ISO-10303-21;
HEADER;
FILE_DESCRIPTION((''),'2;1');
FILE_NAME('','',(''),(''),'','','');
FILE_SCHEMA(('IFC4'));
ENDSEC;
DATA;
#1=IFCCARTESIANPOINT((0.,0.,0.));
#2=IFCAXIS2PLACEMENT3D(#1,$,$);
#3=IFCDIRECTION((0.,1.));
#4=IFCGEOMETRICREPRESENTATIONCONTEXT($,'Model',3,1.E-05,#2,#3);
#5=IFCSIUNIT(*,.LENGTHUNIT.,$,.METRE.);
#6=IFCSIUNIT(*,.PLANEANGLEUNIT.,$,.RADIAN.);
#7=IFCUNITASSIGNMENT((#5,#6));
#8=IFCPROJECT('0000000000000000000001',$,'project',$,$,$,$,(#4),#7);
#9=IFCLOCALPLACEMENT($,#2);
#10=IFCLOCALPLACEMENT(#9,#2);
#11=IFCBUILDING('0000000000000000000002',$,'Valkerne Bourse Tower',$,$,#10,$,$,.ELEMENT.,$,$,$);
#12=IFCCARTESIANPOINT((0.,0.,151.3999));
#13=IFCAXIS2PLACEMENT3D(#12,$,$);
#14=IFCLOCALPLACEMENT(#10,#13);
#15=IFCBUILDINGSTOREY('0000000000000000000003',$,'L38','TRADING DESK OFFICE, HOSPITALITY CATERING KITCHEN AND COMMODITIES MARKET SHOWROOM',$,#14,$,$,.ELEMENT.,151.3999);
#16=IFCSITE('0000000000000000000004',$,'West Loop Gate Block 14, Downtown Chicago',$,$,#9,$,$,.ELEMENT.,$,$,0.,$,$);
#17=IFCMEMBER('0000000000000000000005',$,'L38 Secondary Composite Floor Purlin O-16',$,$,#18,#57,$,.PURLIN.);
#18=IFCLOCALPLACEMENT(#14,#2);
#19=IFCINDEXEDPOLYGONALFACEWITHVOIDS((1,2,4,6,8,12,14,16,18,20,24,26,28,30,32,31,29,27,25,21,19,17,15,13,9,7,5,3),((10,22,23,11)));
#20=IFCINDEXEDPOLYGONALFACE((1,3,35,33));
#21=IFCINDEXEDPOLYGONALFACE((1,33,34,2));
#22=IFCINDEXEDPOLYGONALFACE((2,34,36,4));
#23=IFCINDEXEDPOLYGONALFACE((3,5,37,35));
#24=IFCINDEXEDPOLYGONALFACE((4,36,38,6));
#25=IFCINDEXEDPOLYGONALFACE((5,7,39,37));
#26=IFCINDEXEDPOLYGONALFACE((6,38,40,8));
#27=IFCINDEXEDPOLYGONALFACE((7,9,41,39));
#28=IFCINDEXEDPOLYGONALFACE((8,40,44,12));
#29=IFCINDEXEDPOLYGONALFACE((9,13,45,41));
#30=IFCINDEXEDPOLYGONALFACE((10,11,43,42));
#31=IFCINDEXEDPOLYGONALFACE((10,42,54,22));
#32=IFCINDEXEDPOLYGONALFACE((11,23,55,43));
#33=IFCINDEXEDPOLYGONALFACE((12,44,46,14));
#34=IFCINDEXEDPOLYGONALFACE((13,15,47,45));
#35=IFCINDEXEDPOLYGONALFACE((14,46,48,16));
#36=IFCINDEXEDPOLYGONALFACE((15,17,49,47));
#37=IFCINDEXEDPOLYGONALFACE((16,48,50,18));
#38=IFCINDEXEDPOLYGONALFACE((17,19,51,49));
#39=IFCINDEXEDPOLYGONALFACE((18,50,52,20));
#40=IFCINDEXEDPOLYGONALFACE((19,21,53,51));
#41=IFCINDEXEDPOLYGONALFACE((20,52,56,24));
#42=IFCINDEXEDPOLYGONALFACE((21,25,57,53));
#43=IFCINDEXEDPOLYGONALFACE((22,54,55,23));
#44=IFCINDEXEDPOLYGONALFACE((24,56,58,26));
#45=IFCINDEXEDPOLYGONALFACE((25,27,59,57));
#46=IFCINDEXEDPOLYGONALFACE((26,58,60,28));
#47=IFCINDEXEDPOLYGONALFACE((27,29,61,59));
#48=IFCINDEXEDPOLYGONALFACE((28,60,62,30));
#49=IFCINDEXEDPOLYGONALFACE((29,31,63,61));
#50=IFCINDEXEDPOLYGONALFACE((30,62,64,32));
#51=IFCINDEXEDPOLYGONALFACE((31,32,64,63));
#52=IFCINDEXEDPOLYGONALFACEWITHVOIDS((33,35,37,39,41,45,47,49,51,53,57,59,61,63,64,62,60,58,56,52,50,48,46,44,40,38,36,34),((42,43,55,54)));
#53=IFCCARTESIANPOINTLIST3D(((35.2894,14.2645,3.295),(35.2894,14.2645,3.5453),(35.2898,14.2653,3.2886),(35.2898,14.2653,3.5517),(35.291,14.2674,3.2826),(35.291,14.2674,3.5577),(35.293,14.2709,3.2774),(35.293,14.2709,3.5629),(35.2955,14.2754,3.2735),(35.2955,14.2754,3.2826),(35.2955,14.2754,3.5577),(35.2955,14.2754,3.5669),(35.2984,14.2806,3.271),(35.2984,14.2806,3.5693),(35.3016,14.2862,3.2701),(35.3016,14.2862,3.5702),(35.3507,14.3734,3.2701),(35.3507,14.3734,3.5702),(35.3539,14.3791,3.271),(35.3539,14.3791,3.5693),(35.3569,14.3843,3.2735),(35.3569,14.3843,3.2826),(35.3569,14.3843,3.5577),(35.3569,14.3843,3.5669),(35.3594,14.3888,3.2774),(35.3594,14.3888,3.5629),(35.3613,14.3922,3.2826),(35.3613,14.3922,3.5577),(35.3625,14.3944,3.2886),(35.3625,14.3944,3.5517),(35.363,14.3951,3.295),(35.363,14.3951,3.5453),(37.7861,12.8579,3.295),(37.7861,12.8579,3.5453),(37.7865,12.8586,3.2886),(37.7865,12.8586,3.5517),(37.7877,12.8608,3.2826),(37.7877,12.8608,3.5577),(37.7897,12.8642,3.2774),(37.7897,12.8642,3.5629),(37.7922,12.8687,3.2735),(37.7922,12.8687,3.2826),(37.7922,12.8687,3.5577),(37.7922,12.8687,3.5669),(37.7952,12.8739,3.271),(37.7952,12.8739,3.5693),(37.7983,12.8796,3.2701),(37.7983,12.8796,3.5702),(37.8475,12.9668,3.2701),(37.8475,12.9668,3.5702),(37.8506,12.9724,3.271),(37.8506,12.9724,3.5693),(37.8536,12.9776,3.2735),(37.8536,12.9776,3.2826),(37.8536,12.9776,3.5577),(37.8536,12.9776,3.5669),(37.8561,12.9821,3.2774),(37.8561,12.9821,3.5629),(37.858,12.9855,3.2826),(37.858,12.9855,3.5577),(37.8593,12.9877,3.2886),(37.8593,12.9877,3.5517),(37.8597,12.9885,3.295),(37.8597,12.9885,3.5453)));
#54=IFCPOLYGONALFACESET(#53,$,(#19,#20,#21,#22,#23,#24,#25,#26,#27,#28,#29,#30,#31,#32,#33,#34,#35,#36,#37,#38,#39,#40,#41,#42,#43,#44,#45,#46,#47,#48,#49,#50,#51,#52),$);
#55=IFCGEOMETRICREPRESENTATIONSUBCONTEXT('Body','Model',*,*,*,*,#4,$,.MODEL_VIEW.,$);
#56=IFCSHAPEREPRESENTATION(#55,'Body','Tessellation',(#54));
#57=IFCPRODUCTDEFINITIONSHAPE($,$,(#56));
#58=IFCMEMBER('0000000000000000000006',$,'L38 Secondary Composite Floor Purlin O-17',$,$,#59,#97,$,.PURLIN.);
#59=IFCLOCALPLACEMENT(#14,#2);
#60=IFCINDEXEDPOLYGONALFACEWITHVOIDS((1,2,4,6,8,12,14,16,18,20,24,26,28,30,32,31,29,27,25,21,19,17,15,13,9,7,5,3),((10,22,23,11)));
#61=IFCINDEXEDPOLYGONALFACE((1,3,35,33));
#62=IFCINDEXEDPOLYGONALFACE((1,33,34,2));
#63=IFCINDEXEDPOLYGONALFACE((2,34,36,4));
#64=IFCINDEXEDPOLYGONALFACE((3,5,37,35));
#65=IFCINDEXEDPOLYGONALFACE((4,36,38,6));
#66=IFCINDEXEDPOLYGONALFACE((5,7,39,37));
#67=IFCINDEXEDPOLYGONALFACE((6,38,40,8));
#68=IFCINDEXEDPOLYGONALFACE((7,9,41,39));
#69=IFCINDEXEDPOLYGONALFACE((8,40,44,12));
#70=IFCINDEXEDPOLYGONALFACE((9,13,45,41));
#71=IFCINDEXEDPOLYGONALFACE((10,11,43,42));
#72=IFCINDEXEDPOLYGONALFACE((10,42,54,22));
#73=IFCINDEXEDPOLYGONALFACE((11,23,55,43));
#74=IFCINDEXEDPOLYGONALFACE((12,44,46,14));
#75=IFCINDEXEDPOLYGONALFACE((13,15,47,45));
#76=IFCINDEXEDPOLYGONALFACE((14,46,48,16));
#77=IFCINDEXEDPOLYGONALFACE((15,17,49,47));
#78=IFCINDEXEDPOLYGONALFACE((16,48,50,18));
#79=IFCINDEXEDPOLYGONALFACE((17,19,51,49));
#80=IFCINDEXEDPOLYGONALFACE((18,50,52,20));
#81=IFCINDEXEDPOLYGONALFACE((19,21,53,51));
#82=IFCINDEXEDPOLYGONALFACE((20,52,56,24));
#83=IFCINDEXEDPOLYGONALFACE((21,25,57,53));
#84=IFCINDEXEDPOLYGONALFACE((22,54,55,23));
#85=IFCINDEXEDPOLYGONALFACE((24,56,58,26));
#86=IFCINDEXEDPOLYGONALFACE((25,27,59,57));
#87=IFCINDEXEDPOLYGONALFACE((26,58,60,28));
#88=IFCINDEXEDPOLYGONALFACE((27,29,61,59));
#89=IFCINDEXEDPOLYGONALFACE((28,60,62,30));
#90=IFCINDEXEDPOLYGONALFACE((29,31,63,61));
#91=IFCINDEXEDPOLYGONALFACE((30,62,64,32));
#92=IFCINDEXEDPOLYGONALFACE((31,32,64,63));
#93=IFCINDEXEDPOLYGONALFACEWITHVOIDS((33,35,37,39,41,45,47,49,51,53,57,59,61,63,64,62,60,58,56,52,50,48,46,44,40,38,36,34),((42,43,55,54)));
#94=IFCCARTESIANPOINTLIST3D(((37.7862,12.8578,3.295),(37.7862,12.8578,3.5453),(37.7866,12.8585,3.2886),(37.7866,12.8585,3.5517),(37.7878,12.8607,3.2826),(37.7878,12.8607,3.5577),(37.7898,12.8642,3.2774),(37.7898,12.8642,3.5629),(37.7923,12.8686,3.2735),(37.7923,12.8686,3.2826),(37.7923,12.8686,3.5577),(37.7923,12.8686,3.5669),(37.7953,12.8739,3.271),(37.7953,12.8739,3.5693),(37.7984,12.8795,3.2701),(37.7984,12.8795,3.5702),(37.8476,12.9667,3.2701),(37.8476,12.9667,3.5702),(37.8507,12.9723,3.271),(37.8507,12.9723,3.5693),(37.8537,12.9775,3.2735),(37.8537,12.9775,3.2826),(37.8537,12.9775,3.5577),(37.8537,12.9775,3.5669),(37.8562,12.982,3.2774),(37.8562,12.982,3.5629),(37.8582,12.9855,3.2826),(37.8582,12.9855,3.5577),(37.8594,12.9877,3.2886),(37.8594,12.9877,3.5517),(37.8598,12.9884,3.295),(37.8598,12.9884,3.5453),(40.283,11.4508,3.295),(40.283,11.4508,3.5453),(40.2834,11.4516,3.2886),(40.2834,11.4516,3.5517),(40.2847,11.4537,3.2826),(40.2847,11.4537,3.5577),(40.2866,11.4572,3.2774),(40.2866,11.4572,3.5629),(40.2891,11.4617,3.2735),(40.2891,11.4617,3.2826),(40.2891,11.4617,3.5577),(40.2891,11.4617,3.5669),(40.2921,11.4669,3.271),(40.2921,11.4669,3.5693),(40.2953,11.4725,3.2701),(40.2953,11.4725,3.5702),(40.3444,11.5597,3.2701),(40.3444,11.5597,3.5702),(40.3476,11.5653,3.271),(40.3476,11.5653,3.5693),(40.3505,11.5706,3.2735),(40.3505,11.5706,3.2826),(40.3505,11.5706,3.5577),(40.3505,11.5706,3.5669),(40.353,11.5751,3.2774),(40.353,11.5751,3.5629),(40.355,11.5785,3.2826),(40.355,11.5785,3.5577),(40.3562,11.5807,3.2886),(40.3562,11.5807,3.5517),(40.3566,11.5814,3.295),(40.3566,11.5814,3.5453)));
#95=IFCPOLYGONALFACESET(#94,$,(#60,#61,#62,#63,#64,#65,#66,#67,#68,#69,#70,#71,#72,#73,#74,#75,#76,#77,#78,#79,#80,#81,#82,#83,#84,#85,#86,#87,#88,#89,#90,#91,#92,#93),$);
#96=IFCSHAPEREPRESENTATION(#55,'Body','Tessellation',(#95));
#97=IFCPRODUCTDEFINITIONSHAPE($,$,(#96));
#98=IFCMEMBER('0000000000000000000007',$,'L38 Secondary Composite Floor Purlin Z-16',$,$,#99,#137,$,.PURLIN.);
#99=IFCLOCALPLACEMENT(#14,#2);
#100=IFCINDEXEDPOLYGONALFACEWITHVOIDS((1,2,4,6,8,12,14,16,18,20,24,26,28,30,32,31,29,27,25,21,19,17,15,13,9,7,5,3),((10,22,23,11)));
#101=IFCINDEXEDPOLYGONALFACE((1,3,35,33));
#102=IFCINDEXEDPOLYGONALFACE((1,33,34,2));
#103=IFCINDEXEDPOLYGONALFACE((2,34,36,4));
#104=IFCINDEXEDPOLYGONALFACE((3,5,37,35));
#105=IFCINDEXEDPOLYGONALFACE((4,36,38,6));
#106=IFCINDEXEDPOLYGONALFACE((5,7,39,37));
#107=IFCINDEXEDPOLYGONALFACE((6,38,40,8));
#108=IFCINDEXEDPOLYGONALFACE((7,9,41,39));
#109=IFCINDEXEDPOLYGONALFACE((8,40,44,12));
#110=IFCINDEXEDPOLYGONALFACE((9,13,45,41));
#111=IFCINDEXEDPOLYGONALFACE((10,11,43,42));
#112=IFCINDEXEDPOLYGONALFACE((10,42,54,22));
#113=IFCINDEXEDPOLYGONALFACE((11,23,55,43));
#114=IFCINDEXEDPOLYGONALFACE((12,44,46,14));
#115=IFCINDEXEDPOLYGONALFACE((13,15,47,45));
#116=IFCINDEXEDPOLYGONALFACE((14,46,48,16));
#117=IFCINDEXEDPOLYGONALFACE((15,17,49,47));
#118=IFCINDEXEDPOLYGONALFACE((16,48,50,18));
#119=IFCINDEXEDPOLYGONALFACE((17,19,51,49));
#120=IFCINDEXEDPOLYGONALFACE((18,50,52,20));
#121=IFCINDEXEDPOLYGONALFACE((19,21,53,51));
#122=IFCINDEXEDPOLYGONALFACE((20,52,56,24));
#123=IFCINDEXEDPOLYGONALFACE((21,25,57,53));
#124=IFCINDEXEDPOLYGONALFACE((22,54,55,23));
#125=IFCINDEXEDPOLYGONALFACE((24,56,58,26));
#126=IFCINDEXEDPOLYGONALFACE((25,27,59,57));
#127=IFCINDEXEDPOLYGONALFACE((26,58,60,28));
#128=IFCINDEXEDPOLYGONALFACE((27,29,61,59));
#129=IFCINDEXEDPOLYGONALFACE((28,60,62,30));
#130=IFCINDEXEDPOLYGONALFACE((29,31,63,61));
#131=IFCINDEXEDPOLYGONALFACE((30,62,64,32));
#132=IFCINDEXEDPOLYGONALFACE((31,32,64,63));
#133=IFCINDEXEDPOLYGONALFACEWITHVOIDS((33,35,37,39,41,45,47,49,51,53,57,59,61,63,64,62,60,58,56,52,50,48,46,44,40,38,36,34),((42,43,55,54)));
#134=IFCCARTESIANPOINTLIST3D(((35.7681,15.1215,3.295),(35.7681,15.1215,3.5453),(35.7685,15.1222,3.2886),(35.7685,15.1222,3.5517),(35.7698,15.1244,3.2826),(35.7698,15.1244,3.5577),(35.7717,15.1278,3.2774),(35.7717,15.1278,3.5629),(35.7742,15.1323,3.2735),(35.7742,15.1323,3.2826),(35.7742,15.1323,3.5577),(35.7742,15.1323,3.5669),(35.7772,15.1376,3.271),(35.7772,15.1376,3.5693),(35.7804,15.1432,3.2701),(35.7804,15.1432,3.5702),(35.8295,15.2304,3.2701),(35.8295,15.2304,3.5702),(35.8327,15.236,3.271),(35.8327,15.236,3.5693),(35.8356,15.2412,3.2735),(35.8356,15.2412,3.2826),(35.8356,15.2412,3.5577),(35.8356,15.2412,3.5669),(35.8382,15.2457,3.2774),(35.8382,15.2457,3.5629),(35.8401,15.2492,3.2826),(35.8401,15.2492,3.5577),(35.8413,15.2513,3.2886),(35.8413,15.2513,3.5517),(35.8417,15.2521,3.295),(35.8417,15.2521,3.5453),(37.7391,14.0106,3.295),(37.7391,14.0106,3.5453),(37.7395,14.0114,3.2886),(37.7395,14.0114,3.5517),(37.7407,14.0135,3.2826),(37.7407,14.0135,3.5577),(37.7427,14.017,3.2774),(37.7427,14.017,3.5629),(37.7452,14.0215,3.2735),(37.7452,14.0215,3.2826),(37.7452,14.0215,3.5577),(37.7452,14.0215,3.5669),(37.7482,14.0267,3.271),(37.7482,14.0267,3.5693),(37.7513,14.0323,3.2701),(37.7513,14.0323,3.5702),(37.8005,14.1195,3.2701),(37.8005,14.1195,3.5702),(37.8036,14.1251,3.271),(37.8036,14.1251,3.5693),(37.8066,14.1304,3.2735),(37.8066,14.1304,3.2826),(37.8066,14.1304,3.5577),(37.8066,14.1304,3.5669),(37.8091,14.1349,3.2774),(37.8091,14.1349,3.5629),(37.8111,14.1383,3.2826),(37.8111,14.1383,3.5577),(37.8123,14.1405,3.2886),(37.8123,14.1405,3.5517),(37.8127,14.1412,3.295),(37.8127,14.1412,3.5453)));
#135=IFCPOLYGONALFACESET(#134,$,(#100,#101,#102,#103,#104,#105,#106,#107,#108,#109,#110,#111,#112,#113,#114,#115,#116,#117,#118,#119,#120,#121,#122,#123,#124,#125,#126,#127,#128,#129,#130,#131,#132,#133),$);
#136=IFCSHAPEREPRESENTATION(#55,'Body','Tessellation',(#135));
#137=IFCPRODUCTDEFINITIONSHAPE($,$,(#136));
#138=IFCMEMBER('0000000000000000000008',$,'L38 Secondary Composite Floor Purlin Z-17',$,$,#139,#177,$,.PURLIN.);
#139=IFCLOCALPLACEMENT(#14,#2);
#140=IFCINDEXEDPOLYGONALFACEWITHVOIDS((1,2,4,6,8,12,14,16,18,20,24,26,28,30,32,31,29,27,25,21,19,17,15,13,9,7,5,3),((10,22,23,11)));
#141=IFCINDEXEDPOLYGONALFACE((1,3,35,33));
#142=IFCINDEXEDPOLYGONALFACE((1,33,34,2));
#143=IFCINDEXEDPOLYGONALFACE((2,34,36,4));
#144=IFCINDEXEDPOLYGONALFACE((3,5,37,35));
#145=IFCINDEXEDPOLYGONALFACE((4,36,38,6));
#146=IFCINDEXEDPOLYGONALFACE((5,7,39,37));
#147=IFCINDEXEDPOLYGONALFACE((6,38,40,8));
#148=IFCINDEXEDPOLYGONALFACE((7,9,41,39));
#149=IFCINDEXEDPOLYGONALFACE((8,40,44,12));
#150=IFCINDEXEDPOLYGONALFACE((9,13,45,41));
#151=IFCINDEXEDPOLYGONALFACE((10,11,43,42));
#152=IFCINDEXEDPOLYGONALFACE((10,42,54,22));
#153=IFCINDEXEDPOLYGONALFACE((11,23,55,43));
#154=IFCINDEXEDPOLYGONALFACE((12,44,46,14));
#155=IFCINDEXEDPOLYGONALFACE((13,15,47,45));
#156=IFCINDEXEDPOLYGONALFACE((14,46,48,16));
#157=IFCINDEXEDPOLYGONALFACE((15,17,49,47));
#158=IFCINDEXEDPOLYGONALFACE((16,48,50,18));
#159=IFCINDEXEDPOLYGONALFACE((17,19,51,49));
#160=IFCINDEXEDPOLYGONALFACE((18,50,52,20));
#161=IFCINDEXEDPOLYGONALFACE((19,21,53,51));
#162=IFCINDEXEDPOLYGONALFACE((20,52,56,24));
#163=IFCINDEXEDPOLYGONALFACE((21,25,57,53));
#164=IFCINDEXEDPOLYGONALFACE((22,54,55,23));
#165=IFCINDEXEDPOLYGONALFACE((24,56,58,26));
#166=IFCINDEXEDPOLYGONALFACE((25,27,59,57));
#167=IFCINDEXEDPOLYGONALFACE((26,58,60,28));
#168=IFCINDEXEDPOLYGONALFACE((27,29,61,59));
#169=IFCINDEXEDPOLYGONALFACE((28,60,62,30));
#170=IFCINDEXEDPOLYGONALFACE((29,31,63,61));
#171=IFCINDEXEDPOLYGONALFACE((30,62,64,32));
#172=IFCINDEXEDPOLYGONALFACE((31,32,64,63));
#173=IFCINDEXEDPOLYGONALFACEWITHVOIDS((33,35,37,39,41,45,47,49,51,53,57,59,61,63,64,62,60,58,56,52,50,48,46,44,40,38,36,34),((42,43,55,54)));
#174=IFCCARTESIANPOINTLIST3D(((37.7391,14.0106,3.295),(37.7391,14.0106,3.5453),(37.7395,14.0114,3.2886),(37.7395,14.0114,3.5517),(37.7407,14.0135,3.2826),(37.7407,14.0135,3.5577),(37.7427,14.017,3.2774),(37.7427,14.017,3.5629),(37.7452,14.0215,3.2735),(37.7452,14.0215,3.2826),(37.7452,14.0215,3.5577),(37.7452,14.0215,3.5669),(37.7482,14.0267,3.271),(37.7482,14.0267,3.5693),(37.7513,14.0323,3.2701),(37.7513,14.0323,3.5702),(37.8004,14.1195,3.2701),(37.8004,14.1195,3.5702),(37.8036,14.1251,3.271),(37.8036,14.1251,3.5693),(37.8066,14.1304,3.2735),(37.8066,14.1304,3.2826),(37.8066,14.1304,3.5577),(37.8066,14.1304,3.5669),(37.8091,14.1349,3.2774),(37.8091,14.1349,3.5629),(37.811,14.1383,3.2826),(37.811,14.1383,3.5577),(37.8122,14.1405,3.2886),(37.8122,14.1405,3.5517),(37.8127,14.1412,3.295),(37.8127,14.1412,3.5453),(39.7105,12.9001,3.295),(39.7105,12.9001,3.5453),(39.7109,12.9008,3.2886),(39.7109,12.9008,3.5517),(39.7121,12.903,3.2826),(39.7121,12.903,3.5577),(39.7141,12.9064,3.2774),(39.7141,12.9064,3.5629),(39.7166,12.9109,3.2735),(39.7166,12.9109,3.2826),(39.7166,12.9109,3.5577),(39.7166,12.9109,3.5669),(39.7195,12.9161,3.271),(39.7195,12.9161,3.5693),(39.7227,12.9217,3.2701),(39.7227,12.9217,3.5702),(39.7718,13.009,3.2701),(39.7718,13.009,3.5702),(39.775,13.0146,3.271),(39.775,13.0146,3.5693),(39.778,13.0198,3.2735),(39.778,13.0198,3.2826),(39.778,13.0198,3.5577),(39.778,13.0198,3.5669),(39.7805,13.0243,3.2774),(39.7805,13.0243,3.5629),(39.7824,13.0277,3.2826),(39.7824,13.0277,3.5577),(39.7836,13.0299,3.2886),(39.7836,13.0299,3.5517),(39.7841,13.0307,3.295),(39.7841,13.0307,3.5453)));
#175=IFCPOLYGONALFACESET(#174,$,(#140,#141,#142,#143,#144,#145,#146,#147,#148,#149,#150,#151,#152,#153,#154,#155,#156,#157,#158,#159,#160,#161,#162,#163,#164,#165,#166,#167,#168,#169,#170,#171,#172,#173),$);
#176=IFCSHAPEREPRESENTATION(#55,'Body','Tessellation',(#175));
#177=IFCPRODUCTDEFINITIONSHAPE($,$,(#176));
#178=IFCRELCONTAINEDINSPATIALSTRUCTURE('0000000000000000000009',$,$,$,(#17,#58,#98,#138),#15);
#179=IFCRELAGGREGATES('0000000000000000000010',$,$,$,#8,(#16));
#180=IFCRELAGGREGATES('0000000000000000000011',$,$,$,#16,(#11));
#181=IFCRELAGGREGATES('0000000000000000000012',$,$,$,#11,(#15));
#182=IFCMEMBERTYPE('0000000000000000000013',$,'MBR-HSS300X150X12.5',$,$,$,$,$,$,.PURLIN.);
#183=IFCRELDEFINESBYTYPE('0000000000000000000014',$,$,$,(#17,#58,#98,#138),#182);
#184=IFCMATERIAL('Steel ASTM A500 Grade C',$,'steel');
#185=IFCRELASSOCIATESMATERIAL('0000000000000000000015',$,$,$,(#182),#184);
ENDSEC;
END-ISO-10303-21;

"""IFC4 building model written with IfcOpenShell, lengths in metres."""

from ifc_helpers import new_model, si_unit, direction, frame, origin, origin_2d, place, context, subcontext, project, spatial, hollow_rectangle, extrude, material, material_profile, profile_set, type_object, element, save


model = new_model("IFC4")

# Units and contexts
model_context = context("Model", 3, precision=1e-05, world=origin(), true_north=direction((0.0, 1.0)))
body_context = subcontext(model_context, "Body", "Model", "MODEL_VIEW")
ifc_project = project(units=[si_unit("LENGTHUNIT", "METRE"), si_unit("PLANEANGLEUNIT", "RADIAN")], contexts=[model_context])

# Site, building, storey
site_placement = place(None, origin())
site = spatial("IfcSite", under=ifc_project, at=site_placement, Name="West Loop Gate Block 14, Downtown Chicago", CompositionType="ELEMENT", RefElevation=0.0)
building_placement = place(site_placement, origin())
building = spatial("IfcBuilding", under=site, at=building_placement, Name="Valkerne Bourse Tower", CompositionType="ELEMENT")
storey_placement = place(building_placement, frame((0.0, 0.0, 151.3999)))
storey = spatial("IfcBuildingStorey", under=building, at=storey_placement, Name="L38", Description="TRADING DESK OFFICE, HOSPITALITY CATERING KITCHEN AND COMMODITIES MARKET SHOWROOM", CompositionType="ELEMENT", Elevation=151.3999)

# Members
ifc_material_1 = material(Name="Steel ASTM A500 Grade C", Category="steel")
ifc_material_profile_1 = material_profile(ifc_material_1, hollow_rectangle(XDim=0.1499, YDim=0.3, WallThickness=0.0125, OuterFilletRadius=0.0249, at=origin_2d()), Name="HSS300X150X12.5")
ifc_profile_set_1 = profile_set([ifc_material_profile_1], Name="Steel ASTM A500 Grade C")
member_type_1 = type_object("IfcMemberType", Name="MBR-HSS300X150X12.5", PredefinedType="PURLIN", material=ifc_profile_set_1)
member_1_placement = place(storey_placement, frame((35.3262, 14.3298, 3.4202), z_axis=(0.871236, -0.490864, 0.0), x_axis=(0.490864, 0.871236, 0.0)))
element("IfcMember", 1, at=member_1_placement, inside=storey, type_object=member_type_1, Name="L38 Secondary Composite Floor Purlin O-16", PredefinedType="PURLIN", context=body_context, shape_type="SweptSolid", body=[
    extrude(hollow_rectangle(XDim=0.1499, YDim=0.3, WallThickness=0.0125, OuterFilletRadius=0.0249, at=origin_2d()), origin(), (0.0, 0.0, 1.0), 2.8657),
])
member_2_placement = place(storey_placement, frame((37.823, 12.9231, 3.4202), z_axis=(0.8712, -0.490928, 0.0), x_axis=(0.490928, 0.8712, 0.0)))
element("IfcMember", 2, at=member_2_placement, inside=storey, type_object=member_type_1, Name="L38 Secondary Composite Floor Purlin O-17", PredefinedType="PURLIN", context=body_context, shape_type="SweptSolid", body=[
    extrude(hollow_rectangle(XDim=0.1499, YDim=0.3, WallThickness=0.0125, OuterFilletRadius=0.0249, at=origin_2d()), origin(), (0.0, 0.0, 1.0), 2.866),
])
member_3_placement = place(storey_placement, frame((35.8049, 15.1868, 3.4202), z_axis=(0.871163, -0.490994, 0.0), x_axis=(0.490994, 0.871163, 0.0)))
element("IfcMember", 3, at=member_3_placement, inside=storey, type_object=member_type_1, Name="L38 Secondary Composite Floor Purlin Z-16", PredefinedType="PURLIN", context=body_context, shape_type="SweptSolid", body=[
    extrude(hollow_rectangle(XDim=0.1499, YDim=0.3, WallThickness=0.0125, OuterFilletRadius=0.0249, at=origin_2d()), origin(), (0.0, 0.0, 1.0), 2.2625),
])
member_4_placement = place(storey_placement, frame((37.7759, 14.0759, 3.4202), z_axis=(0.871261, -0.49082, 0.0), x_axis=(0.49082, 0.871261, 0.0)))
element("IfcMember", 4, at=member_4_placement, inside=storey, type_object=member_type_1, Name="L38 Secondary Composite Floor Purlin Z-17", PredefinedType="PURLIN", context=body_context, shape_type="SweptSolid", body=[
    extrude(hollow_rectangle(XDim=0.1499, YDim=0.3, WallThickness=0.0125, OuterFilletRadius=0.0249, at=origin_2d()), origin(), (0.0, 0.0, 1.0), 2.2627),
])

save(model, "model.ifc")
